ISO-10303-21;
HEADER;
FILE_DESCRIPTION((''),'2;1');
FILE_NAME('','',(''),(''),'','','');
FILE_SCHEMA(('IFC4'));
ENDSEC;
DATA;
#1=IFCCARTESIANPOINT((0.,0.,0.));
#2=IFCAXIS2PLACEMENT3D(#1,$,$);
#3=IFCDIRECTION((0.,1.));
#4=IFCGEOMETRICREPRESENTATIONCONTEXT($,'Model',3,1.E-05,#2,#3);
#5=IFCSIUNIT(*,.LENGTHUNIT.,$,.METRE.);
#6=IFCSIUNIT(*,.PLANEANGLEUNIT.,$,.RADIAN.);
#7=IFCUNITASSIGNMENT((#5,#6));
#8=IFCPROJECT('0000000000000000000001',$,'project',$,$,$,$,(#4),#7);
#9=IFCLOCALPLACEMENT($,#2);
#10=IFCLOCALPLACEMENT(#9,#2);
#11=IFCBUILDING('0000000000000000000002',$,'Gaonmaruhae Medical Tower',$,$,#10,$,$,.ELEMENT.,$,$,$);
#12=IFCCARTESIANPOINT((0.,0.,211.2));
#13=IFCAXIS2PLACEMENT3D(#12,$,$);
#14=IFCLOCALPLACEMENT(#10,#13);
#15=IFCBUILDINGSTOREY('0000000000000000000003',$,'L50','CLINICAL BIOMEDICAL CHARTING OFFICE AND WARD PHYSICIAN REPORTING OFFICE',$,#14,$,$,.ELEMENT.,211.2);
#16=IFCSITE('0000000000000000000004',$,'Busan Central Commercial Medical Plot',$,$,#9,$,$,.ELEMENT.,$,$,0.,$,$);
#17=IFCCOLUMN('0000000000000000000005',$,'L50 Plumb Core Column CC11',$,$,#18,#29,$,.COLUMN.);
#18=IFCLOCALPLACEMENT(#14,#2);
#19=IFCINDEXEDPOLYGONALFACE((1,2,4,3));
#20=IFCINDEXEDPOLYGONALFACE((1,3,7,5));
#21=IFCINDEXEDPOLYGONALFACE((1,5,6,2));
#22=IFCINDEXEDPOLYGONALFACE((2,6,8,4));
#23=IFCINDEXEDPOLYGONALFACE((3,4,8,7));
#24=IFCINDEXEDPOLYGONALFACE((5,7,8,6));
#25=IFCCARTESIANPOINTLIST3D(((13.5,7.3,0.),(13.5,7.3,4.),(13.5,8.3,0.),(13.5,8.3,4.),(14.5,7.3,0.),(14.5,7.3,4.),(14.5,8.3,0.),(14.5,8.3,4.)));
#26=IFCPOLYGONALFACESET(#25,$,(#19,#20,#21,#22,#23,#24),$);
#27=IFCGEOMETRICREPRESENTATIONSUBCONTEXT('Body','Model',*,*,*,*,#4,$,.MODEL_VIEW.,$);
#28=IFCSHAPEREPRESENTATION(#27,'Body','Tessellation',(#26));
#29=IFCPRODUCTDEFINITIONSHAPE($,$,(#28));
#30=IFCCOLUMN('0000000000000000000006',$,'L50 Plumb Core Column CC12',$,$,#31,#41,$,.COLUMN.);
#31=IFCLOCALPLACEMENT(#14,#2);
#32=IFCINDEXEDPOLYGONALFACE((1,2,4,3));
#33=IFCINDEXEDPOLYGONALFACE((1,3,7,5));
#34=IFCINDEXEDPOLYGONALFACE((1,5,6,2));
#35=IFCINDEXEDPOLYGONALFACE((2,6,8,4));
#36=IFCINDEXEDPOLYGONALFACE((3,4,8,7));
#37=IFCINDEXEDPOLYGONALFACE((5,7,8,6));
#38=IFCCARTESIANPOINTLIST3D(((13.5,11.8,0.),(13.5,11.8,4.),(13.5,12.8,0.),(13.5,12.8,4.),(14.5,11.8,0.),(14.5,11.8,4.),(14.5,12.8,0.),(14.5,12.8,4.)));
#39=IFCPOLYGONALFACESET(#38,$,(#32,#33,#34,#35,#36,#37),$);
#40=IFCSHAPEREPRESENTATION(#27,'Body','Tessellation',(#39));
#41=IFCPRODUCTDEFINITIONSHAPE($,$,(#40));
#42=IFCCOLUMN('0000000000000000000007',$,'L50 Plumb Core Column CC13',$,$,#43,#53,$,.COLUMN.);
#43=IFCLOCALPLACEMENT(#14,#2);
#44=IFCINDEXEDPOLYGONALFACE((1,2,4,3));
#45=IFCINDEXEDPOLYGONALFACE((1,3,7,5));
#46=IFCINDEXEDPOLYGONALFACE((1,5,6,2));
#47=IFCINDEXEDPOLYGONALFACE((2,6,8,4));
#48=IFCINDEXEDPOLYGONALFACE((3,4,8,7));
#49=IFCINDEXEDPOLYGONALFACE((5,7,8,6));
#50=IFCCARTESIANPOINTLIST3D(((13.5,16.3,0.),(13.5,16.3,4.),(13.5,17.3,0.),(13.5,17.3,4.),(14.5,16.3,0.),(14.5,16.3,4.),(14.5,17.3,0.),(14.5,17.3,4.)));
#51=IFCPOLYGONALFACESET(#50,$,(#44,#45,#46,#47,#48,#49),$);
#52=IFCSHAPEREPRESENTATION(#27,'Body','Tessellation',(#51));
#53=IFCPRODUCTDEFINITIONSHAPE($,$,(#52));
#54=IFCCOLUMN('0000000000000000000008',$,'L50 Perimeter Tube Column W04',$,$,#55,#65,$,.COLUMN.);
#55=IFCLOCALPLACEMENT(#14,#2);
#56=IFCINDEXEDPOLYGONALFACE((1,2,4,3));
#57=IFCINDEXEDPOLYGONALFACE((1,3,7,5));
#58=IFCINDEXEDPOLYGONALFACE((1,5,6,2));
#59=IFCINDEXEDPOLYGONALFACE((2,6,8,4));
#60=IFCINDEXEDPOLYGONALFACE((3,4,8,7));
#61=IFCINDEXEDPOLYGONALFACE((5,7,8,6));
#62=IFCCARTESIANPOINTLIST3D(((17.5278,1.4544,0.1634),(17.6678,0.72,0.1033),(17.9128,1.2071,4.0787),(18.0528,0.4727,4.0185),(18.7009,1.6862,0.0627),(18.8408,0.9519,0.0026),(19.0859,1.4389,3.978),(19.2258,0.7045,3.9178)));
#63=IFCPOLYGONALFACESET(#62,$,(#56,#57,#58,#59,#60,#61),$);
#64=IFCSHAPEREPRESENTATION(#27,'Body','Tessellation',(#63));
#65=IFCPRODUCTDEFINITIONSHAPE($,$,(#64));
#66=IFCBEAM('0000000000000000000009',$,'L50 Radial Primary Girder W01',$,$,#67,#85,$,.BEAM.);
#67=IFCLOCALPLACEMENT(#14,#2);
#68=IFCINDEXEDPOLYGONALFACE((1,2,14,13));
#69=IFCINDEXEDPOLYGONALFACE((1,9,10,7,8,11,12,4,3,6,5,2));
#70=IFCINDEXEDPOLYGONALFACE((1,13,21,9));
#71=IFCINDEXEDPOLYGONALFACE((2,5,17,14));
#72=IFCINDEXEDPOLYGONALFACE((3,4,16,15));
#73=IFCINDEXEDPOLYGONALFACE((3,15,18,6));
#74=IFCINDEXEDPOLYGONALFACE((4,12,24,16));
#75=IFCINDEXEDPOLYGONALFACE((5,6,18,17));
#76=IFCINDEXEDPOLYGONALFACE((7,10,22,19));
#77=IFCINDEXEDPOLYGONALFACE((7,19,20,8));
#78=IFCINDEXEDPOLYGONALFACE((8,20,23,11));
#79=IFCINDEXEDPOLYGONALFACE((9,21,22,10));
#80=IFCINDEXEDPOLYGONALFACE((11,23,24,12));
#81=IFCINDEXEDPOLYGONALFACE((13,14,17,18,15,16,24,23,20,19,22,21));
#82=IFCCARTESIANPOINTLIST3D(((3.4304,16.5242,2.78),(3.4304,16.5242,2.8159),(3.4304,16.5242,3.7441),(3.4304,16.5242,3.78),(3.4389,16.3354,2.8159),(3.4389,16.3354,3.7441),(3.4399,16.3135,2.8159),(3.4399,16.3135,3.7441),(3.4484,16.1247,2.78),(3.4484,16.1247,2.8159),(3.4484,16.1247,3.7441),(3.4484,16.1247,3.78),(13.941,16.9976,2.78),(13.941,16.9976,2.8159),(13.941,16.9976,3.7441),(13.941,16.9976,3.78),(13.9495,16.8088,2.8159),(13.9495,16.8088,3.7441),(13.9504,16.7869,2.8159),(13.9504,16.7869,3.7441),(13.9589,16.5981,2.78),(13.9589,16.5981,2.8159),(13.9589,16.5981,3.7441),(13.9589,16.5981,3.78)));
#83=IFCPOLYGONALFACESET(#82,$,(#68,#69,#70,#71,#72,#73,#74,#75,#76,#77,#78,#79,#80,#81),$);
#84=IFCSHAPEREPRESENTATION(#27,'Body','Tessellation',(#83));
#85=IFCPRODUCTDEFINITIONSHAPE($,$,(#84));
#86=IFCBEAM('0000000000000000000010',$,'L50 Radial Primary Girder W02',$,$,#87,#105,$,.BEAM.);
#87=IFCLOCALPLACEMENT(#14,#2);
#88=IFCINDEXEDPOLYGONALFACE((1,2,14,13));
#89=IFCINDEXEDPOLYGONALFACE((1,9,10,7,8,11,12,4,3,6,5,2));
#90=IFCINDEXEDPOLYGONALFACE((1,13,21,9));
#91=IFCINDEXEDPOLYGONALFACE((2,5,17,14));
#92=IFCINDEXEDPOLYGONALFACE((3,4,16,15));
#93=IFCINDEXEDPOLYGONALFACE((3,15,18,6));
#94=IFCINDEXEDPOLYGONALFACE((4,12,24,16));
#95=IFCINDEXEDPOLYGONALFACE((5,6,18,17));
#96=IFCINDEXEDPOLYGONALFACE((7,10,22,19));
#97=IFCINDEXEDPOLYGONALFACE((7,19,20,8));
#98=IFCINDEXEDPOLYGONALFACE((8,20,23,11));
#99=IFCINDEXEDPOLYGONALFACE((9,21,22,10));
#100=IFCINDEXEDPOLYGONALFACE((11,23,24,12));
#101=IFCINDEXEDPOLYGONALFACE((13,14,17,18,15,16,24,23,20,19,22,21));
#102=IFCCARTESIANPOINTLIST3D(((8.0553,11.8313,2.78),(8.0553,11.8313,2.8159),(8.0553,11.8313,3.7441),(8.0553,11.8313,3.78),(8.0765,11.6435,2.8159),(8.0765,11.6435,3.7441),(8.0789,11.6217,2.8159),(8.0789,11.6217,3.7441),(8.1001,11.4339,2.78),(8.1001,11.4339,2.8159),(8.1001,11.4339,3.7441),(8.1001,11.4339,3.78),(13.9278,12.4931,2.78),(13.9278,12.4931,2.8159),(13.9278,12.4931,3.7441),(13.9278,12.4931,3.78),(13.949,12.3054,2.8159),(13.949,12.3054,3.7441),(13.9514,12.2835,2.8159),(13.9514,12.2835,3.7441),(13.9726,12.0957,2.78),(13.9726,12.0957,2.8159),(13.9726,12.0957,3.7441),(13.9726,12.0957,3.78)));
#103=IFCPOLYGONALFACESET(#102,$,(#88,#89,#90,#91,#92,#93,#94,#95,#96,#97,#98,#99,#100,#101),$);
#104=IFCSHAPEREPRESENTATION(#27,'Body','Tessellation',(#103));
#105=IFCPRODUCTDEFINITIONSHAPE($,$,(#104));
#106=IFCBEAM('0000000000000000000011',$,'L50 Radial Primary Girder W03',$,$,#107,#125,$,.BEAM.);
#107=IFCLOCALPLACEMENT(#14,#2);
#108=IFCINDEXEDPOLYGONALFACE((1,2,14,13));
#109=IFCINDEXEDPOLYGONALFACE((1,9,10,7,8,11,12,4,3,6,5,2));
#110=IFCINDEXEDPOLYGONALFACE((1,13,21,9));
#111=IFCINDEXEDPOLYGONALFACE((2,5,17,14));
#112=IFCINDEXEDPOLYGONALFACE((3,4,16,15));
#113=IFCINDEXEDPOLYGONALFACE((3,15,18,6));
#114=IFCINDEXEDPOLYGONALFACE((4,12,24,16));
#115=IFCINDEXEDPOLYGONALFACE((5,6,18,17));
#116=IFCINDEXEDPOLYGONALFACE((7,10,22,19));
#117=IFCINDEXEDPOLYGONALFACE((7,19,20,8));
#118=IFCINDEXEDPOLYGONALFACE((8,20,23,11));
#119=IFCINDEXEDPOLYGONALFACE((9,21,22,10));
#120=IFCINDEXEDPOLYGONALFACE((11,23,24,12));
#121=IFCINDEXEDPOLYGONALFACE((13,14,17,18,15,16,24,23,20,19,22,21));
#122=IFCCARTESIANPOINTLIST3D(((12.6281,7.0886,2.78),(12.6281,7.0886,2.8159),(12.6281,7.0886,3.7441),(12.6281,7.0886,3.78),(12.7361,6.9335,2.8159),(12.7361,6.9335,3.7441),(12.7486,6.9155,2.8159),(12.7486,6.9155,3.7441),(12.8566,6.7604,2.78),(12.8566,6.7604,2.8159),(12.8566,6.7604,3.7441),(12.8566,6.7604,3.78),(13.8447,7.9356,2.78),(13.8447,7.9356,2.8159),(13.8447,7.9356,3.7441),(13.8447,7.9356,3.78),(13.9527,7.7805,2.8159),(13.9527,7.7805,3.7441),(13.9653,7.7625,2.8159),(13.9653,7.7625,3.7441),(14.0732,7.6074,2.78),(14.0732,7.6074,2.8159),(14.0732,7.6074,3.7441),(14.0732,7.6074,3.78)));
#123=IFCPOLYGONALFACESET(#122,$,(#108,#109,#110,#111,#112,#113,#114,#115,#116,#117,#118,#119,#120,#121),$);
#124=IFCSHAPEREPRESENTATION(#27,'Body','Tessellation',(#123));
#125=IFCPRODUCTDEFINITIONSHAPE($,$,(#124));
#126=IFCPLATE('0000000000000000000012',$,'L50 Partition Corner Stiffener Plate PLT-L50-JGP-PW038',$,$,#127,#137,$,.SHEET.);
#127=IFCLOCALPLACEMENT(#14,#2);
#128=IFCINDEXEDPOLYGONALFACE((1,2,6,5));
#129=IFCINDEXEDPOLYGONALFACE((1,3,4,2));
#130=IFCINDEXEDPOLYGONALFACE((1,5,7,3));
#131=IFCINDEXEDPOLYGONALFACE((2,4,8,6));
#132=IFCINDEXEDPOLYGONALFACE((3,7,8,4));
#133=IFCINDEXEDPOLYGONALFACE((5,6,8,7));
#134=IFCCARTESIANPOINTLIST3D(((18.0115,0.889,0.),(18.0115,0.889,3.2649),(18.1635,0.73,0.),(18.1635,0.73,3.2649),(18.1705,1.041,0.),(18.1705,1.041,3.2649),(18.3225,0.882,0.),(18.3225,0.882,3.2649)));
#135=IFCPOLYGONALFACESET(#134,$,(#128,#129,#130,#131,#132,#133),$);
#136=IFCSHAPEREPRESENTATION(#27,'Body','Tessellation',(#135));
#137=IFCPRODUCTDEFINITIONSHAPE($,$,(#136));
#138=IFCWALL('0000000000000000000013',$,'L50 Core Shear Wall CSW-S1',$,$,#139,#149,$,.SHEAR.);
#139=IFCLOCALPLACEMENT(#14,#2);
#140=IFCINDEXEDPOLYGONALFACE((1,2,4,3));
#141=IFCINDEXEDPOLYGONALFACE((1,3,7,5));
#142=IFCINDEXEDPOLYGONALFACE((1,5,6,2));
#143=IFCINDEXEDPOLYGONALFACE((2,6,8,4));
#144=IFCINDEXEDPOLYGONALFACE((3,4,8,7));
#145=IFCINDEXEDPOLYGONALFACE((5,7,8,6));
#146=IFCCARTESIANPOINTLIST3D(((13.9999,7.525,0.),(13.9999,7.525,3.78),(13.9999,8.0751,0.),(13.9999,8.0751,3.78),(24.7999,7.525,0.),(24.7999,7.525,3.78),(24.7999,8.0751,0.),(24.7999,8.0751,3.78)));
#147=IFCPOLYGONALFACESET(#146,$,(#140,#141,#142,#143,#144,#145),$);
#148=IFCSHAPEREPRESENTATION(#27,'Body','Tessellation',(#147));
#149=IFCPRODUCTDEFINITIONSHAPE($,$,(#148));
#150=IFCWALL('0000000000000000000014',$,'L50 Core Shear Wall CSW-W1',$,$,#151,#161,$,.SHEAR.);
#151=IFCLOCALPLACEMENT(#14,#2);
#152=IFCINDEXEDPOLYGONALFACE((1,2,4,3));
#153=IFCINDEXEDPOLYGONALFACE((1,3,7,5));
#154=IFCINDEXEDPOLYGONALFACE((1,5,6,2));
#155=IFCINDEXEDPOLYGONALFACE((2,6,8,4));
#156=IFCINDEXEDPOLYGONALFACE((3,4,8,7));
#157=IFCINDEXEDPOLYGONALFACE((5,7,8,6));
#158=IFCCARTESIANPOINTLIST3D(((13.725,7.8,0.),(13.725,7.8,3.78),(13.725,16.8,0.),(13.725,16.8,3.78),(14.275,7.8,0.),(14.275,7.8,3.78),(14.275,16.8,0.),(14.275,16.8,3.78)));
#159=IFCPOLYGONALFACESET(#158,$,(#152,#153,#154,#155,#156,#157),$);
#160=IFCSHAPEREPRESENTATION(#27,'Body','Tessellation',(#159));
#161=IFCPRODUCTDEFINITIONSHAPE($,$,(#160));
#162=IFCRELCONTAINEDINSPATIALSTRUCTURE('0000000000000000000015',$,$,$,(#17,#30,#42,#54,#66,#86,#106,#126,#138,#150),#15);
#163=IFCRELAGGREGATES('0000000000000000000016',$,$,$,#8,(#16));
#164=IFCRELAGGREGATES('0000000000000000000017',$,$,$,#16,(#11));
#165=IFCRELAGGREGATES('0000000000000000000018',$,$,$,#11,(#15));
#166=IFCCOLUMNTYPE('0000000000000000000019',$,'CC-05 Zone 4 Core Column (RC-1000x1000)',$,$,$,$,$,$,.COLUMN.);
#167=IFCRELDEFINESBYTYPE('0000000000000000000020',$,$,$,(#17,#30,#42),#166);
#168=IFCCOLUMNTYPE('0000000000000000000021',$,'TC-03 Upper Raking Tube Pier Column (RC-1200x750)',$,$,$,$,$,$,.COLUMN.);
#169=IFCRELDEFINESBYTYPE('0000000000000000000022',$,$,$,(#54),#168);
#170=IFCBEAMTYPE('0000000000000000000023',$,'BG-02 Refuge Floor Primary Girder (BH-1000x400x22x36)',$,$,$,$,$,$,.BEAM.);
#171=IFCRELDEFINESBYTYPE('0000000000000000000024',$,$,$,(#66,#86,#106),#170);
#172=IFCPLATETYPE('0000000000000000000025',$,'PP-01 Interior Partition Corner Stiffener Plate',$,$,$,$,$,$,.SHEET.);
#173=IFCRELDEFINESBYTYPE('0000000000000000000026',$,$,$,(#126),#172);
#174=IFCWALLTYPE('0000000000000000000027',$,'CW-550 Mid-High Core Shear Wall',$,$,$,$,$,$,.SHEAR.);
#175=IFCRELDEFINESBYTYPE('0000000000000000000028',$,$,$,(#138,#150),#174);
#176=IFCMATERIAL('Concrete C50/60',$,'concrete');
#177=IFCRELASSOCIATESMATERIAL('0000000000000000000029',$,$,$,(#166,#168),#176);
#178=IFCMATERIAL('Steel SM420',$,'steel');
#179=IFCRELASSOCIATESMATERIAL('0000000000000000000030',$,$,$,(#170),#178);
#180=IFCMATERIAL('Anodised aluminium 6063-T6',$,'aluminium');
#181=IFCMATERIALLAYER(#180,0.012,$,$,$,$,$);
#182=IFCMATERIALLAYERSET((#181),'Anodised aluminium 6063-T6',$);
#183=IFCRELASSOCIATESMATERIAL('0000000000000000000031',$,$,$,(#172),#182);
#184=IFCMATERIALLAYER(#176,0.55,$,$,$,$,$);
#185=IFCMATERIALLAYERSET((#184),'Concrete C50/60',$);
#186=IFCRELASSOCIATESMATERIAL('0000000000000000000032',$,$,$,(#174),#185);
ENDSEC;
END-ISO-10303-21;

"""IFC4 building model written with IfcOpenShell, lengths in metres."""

from ifc_helpers import new_model, si_unit, direction, frame, frame_2d, origin, origin_2d, place, context, subcontext, project, spatial, rectangle, i_section, extrude, material, layer, layer_set, material_profile, profile_set, type_object, element, save


model = new_model("IFC4")

# Units and contexts
model_context = context("Model", 3, precision=1e-05, world=origin(), true_north=direction((0.0, 1.0)))
body_context = subcontext(model_context, "Body", "Model", "MODEL_VIEW")
ifc_project = project(units=[si_unit("LENGTHUNIT", "METRE"), si_unit("PLANEANGLEUNIT", "RADIAN")], contexts=[model_context])

# Site, building, storey
site_placement = place(None, origin())
site = spatial("IfcSite", under=ifc_project, at=site_placement, Name="Busan Central Commercial Medical Plot", CompositionType="ELEMENT", RefElevation=0.0)
building_placement = place(site_placement, origin())
building = spatial("IfcBuilding", under=site, at=building_placement, Name="Gaonmaruhae Medical Tower", CompositionType="ELEMENT")
storey_placement = place(building_placement, frame((0.0, 0.0, 211.2)))
storey = spatial("IfcBuildingStorey", under=building, at=storey_placement, Name="L50", Description="CLINICAL BIOMEDICAL CHARTING OFFICE AND WARD PHYSICIAN REPORTING OFFICE", CompositionType="ELEMENT", Elevation=211.2)

# Columns
ifc_material_1 = material(Name="Concrete C50/60", Category="concrete")
ifc_material_profile_1 = material_profile(ifc_material_1, rectangle(XDim=1.0, YDim=1.0, at=origin_2d()), Name="RC-1000x1000")
ifc_profile_set_1 = profile_set([ifc_material_profile_1], Name="Concrete C50/60")
column_type_1 = type_object("IfcColumnType", Name="CC-05 Zone 4 Core Column (RC-1000x1000)", PredefinedType="COLUMN", material=ifc_profile_set_1)
for number, where, z_axis, x_axis, name in (
    (1, (14.0, 7.8, 0.0), (0.0, 0.0, 1.0), (1.0, 0.0, 0.0), "L50 Plumb Core Column CC11"),
    (2, (14.0, 12.3, 0.0), (0.0, 0.0, 1.0), (1.0, 0.0, 0.0), "L50 Plumb Core Column CC12"),
    (3, (14.0, 16.8, 0.0), (0.0, 0.0, 1.0), (1.0, 0.0, 0.0), "L50 Plumb Core Column CC13"),
):
    element("IfcColumn", number, at=place(storey_placement, frame(where, z_axis=z_axis, x_axis=x_axis)), inside=storey, type_object=column_type_1, Name=name, PredefinedType="COLUMN", context=body_context, shape_type="SweptSolid", body=[
        extrude(rectangle(XDim=1.0, YDim=1.0, at=origin_2d()), origin(), (0.0, 0.0, 1.0), 4.0),
    ])
ifc_material_profile_2 = material_profile(ifc_material_1, rectangle(XDim=1.2, YDim=0.75, at=origin_2d()), Name="RC-1200x750")
ifc_profile_set_2 = profile_set([ifc_material_profile_2], Name="Concrete C50/60")
column_type_2 = type_object("IfcColumnType", Name="TC-03 Upper Raking Tube Pier Column (RC-1200x750)", PredefinedType="COLUMN", material=ifc_profile_set_2)
column_placement = place(storey_placement, frame((18.1843, 1.2031, 0.083), z_axis=(0.09767, -0.062739, 0.993239), x_axis=(-0.977565, -0.193193, 0.083926)))
element("IfcColumn", 4, at=column_placement, inside=storey, type_object=column_type_2, Name="L50 Perimeter Tube Column W04", PredefinedType="COLUMN", context=body_context, shape_type="SweptSolid", body=[
    extrude(rectangle(XDim=1.2, YDim=0.75, at=origin_2d()), origin(), (0.0, 0.0, 1.0), 3.9419),
])

# Beams
ifc_material_2 = material(Name="Steel SM420", Category="steel")
ifc_material_profile_3 = material_profile(ifc_material_2, i_section(OverallWidth=0.3999, OverallDepth=1.0, WebThickness=0.022, FlangeThickness=0.0359, at=origin_2d()), Name="BH-1000x400x22x36")
ifc_profile_set_3 = profile_set([ifc_material_profile_3], Name="Steel SM420")
beam_type = type_object("IfcBeamType", Name="BG-02 Refuge Floor Primary Girder (BH-1000x400x22x36)", PredefinedType="BEAM", material=ifc_profile_set_3)
beam_1_placement = place(storey_placement, frame((13.95, 16.7979, 3.28), z_axis=(-0.998987, -0.044994, 0.0), x_axis=(0.044994, -0.998987, 0.0)))
element("IfcBeam", 5, at=beam_1_placement, inside=storey, type_object=beam_type, Name="L50 Radial Primary Girder W01", PredefinedType="BEAM", context=body_context, shape_type="SweptSolid", body=[
    extrude(i_section(OverallWidth=0.3999, OverallDepth=1.0, WebThickness=0.022, FlangeThickness=0.0359, at=origin_2d()), origin(), (0.0, 0.0, 1.0), 10.5212),
])
beam_2_placement = place(storey_placement, frame((13.9502, 12.2944, 3.28), z_axis=(-0.993709, -0.111996, 0.0), x_axis=(0.111996, -0.993709, 0.0)))
element("IfcBeam", 6, at=beam_2_placement, inside=storey, type_object=beam_type, Name="L50 Radial Primary Girder W02", PredefinedType="BEAM", context=body_context, shape_type="SweptSolid", body=[
    extrude(i_section(OverallWidth=0.3999, OverallDepth=1.0, WebThickness=0.022, FlangeThickness=0.0359, at=origin_2d()), origin(), (0.0, 0.0, 1.0), 5.9097),
])
beam_3_placement = place(storey_placement, frame((13.959, 7.7715, 3.28), z_axis=(-0.820707, -0.571349, 0.0), x_axis=(0.571349, -0.820707, 0.0)))
element("IfcBeam", 7, at=beam_3_placement, inside=storey, type_object=beam_type, Name="L50 Radial Primary Girder W03", PredefinedType="BEAM", context=body_context, shape_type="SweptSolid", body=[
    extrude(i_section(OverallWidth=0.3999, OverallDepth=1.0, WebThickness=0.022, FlangeThickness=0.0359, at=origin_2d()), origin(), (0.0, 0.0, 1.0), 1.4824),
])

# Plate
ifc_material_3 = material(Name="Anodised aluminium 6063-T6", Category="aluminium")
ifc_layer_1 = layer(ifc_material_3, 0.012)
ifc_layer_set_1 = layer_set([ifc_layer_1], Name="Anodised aluminium 6063-T6")
plate_type = type_object("IfcPlateType", Name="PP-01 Interior Partition Corner Stiffener Plate", PredefinedType="SHEET", material=ifc_layer_set_1)
plate_placement = place(storey_placement, frame((18.167, 0.8855, 0.0), z_axis=(0.0, 0.0, 1.0), x_axis=(-0.691046, 0.72281, 0.0)))
element("IfcPlate", 8, at=plate_placement, inside=storey, type_object=plate_type, Name="L50 Partition Corner Stiffener Plate PLT-L50-JGP-PW038", PredefinedType="SHEET", context=body_context, shape_type="SweptSolid", body=[
    extrude(rectangle(XDim=0.22, YDim=0.22, at=origin_2d()), origin(), (0.0, 0.0, 1.0), 3.2649),
])

# Walls
ifc_layer_2 = layer(ifc_material_1, 0.55)
ifc_layer_set_2 = layer_set([ifc_layer_2], Name="Concrete C50/60")
wall_type_1 = type_object("IfcWallType", Name="CW-550 Mid-High Core Shear Wall", PredefinedType="SHEAR", material=ifc_layer_set_2)
wall_1_placement = place(storey_placement, frame((14.0, 7.8, 0.0), z_axis=(0.0, 0.0, 1.0), x_axis=(1.0, 0.0, 0.0)))
element("IfcWall", 9, at=wall_1_placement, inside=storey, type_object=wall_type_1, Name="L50 Core Shear Wall CSW-S1", PredefinedType="SHEAR", context=body_context, shape_type="SweptSolid", body=[
    extrude(rectangle(XDim=10.8, YDim=0.55, at=frame_2d((5.3999, 0.0))), origin(), (0.0, 0.0, 1.0), 3.78),
])
wall_2_placement = place(storey_placement, frame((14.0, 16.8, 0.0), z_axis=(0.0, 0.0, 1.0), x_axis=(0.0, -1.0, 0.0)))
element("IfcWall", 10, at=wall_2_placement, inside=storey, type_object=wall_type_1, Name="L50 Core Shear Wall CSW-W1", PredefinedType="SHEAR", context=body_context, shape_type="SweptSolid", body=[
    extrude(rectangle(XDim=9.0, YDim=0.55, at=frame_2d((4.5, 0.0))), origin(), (0.0, 0.0, 1.0), 3.78),
])

save(model, "model.ifc")
